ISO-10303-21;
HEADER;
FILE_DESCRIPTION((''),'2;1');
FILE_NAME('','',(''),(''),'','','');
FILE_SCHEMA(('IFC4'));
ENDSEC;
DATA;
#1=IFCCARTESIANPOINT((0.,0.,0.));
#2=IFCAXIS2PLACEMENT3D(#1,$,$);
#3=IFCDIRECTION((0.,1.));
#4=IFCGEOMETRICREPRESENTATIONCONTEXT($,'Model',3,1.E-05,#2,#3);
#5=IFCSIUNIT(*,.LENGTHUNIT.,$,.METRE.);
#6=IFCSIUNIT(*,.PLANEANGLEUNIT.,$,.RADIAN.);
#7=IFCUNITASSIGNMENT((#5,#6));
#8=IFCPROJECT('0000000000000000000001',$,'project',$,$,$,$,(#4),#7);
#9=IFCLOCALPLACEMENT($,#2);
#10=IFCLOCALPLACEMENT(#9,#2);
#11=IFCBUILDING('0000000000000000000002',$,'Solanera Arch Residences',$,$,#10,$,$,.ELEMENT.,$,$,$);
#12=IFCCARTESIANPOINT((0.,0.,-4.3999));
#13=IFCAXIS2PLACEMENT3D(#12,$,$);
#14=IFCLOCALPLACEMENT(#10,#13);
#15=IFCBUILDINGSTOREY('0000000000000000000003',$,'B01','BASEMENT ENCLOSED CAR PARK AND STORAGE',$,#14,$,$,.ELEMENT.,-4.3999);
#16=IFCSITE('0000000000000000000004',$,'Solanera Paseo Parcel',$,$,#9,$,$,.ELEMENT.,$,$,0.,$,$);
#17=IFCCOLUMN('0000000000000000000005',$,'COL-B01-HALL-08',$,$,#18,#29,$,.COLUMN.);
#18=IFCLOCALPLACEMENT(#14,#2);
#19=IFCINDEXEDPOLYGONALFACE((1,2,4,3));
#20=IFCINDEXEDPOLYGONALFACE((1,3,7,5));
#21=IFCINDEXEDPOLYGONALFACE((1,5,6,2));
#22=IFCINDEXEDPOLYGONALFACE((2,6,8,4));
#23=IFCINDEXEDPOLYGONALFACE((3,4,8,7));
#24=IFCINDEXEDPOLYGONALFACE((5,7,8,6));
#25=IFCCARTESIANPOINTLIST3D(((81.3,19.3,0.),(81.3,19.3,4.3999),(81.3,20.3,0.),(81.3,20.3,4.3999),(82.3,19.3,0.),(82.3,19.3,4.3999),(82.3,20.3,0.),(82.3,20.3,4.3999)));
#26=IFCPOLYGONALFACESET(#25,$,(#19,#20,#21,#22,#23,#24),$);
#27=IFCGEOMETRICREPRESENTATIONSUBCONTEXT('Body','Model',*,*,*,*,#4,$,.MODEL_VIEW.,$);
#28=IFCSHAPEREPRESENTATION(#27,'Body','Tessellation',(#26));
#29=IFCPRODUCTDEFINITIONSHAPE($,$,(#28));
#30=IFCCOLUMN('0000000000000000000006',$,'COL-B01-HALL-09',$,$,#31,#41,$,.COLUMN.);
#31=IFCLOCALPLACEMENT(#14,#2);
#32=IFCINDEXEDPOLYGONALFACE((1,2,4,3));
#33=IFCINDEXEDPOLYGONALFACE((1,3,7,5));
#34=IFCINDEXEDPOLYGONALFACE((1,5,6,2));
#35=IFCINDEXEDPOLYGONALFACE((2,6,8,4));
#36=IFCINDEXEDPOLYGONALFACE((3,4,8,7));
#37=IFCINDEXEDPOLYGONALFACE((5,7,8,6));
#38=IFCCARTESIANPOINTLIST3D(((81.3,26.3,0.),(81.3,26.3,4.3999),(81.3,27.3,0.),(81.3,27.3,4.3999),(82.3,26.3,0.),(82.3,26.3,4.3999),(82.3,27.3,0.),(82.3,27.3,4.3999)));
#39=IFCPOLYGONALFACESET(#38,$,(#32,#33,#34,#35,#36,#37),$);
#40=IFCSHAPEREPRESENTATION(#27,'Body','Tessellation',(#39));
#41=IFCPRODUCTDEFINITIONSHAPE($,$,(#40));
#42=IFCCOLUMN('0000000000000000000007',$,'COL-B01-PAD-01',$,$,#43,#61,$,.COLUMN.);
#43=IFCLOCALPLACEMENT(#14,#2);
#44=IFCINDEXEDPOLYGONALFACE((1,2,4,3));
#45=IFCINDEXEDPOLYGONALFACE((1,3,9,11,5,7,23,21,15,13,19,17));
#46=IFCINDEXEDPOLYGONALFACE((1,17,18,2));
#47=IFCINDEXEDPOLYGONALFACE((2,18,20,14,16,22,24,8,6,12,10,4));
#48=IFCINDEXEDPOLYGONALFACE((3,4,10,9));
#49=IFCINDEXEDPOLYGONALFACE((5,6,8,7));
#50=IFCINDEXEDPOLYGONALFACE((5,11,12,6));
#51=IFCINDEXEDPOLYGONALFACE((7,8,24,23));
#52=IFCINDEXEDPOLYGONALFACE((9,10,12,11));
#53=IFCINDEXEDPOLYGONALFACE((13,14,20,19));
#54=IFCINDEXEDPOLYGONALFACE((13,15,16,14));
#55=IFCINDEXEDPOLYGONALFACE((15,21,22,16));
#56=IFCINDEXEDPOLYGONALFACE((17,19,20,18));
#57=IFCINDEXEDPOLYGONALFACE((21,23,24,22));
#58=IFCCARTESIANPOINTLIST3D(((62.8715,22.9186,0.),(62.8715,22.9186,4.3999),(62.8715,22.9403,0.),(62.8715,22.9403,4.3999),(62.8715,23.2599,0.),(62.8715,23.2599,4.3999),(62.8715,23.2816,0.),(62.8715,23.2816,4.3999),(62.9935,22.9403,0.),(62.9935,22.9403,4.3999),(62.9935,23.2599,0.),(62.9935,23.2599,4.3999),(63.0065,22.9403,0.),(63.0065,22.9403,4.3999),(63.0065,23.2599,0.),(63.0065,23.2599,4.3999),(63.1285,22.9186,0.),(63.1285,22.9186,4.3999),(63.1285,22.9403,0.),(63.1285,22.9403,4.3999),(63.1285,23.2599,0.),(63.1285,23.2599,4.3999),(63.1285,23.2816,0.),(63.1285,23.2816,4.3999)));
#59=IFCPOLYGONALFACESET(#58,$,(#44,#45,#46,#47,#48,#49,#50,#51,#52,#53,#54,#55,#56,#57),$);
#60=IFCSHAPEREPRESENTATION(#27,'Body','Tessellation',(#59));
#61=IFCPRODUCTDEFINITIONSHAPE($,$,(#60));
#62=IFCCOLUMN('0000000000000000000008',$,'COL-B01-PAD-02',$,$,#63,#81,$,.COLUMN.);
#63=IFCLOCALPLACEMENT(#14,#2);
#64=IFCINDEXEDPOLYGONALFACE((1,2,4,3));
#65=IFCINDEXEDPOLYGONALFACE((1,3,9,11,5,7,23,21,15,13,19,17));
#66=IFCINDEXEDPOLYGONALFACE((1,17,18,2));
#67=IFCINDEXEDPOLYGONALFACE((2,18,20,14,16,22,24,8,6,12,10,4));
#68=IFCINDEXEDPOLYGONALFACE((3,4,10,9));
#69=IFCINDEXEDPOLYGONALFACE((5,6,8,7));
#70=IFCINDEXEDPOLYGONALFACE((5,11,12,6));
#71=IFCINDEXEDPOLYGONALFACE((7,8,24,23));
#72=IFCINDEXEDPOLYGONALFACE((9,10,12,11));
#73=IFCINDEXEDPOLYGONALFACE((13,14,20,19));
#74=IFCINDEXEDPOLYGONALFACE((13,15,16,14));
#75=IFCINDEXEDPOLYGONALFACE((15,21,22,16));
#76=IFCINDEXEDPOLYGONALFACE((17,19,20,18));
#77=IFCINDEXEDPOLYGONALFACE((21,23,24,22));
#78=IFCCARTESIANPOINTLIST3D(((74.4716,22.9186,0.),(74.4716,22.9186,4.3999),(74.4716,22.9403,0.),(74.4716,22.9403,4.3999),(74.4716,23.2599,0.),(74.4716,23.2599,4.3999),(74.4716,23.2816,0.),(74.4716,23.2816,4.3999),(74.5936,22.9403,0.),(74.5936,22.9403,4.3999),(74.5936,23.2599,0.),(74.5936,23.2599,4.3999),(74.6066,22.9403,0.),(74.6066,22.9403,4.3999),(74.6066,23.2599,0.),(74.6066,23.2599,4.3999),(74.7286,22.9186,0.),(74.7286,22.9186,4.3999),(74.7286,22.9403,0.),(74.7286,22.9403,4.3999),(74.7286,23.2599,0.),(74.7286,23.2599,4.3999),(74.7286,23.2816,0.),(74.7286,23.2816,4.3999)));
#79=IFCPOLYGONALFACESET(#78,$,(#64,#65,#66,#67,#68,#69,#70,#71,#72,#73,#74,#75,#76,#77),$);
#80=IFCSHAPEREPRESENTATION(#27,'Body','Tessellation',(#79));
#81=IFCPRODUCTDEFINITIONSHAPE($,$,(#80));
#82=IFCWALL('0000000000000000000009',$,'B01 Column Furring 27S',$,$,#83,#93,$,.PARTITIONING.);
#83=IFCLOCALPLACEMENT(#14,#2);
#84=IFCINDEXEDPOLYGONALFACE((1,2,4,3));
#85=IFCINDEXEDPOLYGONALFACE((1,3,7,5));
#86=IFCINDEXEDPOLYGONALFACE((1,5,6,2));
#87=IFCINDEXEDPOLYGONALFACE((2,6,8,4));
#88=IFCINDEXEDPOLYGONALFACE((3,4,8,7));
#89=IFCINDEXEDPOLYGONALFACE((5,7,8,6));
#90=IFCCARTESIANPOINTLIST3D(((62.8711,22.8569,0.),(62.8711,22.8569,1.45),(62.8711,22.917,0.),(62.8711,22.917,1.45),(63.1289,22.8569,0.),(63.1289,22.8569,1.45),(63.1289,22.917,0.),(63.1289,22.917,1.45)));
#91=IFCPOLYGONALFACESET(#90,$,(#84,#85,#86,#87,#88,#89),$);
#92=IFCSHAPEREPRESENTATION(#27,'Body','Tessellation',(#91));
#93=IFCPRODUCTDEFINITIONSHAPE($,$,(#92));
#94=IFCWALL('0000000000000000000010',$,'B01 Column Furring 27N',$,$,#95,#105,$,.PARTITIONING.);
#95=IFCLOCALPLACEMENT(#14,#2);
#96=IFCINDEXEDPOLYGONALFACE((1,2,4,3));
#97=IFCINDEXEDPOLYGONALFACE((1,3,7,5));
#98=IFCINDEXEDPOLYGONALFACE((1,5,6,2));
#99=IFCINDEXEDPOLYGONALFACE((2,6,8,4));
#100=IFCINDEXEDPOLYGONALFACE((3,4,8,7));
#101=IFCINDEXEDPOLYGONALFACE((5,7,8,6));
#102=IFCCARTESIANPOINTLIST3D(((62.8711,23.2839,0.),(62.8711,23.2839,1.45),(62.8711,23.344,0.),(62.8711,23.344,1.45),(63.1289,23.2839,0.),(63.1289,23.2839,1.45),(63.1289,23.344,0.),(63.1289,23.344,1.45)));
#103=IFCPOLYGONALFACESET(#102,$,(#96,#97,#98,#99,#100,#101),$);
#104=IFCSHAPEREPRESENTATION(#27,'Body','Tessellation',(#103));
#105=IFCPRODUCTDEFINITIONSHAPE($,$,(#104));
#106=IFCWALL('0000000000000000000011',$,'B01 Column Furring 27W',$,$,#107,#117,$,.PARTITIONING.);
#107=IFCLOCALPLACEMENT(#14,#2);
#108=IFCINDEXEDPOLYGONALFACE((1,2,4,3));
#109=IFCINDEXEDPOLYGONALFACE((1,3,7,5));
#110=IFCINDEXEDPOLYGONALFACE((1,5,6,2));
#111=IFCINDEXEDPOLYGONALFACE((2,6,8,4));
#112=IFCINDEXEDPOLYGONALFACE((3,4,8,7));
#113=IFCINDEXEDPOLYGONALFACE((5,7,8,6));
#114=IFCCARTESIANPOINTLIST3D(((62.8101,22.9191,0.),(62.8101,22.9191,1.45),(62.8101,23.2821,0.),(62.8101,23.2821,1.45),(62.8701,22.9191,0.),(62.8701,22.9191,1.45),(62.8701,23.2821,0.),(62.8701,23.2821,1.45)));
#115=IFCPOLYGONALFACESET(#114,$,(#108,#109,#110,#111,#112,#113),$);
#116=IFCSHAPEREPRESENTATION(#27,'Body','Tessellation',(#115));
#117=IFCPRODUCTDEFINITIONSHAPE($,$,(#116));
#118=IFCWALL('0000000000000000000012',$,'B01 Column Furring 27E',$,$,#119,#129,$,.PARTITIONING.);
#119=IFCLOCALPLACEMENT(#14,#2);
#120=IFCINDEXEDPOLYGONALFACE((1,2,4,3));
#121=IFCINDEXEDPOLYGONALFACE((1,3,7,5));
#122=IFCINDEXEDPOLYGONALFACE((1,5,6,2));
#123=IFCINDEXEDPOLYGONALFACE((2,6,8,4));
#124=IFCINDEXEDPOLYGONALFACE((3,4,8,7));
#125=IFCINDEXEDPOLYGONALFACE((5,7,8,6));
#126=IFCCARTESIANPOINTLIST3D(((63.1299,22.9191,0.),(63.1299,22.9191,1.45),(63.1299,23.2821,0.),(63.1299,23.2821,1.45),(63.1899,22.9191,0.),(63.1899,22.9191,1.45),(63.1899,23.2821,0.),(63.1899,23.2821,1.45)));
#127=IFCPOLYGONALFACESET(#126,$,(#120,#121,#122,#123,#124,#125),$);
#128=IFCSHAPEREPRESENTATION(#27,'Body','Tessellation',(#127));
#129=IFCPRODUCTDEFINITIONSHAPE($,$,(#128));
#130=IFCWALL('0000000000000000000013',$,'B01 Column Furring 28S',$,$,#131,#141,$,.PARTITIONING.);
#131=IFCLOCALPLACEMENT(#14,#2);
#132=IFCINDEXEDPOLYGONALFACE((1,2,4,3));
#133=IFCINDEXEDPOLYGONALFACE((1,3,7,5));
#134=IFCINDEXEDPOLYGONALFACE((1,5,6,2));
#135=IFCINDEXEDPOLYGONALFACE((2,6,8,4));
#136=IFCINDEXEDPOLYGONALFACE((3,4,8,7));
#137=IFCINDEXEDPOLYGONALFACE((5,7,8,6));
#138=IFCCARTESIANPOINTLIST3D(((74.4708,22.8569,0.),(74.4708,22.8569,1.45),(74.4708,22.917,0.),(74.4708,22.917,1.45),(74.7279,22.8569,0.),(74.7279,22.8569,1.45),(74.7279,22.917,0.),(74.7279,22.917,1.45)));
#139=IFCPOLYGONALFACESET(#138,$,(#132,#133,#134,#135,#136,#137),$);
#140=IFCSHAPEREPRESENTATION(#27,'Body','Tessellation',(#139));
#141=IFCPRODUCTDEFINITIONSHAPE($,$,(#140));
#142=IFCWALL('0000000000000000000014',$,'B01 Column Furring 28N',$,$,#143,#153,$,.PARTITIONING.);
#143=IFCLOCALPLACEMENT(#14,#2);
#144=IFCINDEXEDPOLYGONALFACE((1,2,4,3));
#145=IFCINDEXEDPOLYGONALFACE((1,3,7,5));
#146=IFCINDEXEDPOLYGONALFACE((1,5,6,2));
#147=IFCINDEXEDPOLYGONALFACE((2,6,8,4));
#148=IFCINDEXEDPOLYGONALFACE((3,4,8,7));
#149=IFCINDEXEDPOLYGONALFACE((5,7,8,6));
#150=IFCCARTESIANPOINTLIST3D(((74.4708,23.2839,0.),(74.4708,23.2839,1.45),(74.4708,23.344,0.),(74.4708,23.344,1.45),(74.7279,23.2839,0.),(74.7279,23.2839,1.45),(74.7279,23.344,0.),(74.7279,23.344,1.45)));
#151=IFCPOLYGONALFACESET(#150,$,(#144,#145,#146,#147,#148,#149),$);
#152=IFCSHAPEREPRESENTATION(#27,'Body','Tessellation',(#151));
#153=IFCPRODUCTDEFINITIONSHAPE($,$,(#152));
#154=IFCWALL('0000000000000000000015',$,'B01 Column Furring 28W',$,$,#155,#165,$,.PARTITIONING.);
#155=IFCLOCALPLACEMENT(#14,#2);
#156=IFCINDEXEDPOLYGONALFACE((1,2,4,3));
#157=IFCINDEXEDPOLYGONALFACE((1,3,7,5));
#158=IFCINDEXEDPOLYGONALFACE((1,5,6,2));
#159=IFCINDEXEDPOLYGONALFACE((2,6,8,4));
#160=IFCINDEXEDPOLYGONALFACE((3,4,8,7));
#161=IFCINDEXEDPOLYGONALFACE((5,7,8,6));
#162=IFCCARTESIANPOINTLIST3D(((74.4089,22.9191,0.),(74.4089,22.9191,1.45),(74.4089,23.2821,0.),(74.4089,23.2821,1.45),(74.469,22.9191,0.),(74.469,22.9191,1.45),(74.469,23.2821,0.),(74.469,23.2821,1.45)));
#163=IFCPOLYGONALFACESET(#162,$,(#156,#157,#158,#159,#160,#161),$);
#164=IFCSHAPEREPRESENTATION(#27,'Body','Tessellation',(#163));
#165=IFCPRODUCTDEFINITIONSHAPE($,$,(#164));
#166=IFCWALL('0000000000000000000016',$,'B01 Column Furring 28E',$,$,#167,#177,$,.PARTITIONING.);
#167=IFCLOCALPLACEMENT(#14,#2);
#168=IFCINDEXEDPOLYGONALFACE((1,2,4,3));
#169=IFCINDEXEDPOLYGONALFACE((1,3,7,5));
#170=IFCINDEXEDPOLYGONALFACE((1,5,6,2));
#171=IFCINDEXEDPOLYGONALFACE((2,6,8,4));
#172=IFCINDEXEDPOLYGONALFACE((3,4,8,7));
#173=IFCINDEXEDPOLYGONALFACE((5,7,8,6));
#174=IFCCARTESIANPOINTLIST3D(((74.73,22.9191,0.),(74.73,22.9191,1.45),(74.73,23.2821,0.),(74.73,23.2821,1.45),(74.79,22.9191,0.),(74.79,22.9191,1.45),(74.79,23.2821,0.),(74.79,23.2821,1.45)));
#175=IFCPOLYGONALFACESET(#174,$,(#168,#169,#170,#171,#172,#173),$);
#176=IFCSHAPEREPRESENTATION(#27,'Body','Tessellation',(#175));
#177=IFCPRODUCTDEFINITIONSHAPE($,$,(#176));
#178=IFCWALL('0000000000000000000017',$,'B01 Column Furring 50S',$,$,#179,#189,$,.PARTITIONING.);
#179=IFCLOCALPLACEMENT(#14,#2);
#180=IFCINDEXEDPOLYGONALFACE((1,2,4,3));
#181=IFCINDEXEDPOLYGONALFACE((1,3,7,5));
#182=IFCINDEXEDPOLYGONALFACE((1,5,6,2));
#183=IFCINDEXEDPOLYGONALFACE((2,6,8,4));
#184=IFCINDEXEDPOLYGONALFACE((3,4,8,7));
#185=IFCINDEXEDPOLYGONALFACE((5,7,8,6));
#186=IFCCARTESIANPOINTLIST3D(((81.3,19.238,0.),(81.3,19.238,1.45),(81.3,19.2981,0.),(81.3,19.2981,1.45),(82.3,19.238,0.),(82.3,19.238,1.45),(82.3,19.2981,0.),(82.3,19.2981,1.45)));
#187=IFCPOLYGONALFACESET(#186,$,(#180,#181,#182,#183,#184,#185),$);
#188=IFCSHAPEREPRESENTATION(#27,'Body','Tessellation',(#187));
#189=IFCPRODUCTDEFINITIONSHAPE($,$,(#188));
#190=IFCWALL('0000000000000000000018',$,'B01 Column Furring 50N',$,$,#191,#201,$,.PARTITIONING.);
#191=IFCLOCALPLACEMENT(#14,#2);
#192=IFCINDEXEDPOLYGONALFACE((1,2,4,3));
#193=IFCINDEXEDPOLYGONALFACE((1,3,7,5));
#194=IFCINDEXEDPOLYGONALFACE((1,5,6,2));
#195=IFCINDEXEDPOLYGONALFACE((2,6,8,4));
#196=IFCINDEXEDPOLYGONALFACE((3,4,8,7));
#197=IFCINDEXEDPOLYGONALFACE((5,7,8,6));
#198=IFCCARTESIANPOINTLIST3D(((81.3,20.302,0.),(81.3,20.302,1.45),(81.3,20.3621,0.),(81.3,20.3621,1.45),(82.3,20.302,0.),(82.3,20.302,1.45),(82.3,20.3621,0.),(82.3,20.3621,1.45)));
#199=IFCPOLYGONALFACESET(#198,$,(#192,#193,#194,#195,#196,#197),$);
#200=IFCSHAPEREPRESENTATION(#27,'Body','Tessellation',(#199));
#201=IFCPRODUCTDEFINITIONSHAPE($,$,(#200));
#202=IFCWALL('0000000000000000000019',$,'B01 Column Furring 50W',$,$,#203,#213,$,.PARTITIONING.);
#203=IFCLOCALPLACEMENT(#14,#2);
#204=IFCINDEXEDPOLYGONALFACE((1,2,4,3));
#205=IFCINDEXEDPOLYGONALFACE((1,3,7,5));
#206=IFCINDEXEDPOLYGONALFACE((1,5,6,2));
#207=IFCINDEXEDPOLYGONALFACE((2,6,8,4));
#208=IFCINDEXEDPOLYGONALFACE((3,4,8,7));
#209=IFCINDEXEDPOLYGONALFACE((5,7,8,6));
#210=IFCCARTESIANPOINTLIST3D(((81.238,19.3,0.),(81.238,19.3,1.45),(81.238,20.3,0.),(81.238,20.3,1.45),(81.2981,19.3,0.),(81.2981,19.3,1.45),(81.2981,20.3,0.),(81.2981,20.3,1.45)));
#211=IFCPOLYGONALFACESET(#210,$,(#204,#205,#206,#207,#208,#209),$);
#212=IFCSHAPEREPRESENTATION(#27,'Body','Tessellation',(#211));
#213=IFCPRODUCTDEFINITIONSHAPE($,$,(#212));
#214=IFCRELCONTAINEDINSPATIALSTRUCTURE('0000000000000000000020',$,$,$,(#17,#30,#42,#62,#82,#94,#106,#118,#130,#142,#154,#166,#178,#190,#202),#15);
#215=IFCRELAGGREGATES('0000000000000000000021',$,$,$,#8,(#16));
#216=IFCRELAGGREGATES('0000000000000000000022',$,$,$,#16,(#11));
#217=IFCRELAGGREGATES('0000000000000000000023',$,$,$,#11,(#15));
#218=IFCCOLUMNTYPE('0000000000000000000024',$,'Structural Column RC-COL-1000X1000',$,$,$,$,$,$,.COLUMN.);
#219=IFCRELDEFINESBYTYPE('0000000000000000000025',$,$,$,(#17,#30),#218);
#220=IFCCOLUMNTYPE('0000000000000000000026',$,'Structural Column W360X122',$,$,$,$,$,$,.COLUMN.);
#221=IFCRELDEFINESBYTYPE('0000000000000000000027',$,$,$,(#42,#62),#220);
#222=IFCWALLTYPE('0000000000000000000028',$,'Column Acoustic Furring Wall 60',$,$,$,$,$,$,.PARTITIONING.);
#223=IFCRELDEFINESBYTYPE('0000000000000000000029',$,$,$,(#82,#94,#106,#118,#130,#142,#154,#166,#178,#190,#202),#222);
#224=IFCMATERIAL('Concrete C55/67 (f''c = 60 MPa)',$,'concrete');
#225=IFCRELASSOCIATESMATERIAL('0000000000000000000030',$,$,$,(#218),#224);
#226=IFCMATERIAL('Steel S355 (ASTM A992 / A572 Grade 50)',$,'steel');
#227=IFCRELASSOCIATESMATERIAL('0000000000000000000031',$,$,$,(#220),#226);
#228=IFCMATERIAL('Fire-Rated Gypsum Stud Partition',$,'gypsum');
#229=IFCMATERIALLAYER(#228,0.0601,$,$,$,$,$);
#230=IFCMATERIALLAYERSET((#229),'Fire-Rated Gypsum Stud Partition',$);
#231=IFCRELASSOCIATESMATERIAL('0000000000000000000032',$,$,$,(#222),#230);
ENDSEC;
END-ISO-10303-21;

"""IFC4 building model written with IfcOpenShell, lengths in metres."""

from ifc_helpers import new_model, si_unit, direction, frame, frame_2d, origin, origin_2d, place, context, subcontext, project, spatial, rectangle, i_section, extrude, material, layer, layer_set, material_profile, profile_set, type_object, element, save


model = new_model("IFC4")

# Units and contexts
model_context = context("Model", 3, precision=1e-05, world=origin(), true_north=direction((0.0, 1.0)))
body_context = subcontext(model_context, "Body", "Model", "MODEL_VIEW")
ifc_project = project(units=[si_unit("LENGTHUNIT", "METRE"), si_unit("PLANEANGLEUNIT", "RADIAN")], contexts=[model_context])

# Site, building, storey
site_placement = place(None, origin())
site = spatial("IfcSite", under=ifc_project, at=site_placement, Name="Solanera Paseo Parcel", CompositionType="ELEMENT", RefElevation=0.0)
building_placement = place(site_placement, origin())
building = spatial("IfcBuilding", under=site, at=building_placement, Name="Solanera Arch Residences", CompositionType="ELEMENT")
storey_placement = place(building_placement, frame((0.0, 0.0, -4.3999)))
storey = spatial("IfcBuildingStorey", under=building, at=storey_placement, Name="B01", Description="BASEMENT ENCLOSED CAR PARK AND STORAGE", CompositionType="ELEMENT", Elevation=-4.3999)

# Columns
ifc_material_1 = material(Name="Concrete C55/67 (f'c = 60 MPa)", Category="concrete")
ifc_material_profile_1 = material_profile(ifc_material_1, rectangle(XDim=1.0, YDim=1.0, at=origin_2d()))
ifc_profile_set_1 = profile_set([ifc_material_profile_1], Name="Concrete C55/67 (f'c = 60 MPa)")
column_type_1 = type_object("IfcColumnType", Name="Structural Column RC-COL-1000X1000", PredefinedType="COLUMN", material=ifc_profile_set_1)
for number, where, z_axis, x_axis, name in (
    (1, (81.8, 19.8, 0.0), (0.0, 0.0, 1.0), (1.0, 0.0, 0.0), "COL-B01-HALL-08"),
    (2, (81.8, 26.8, 0.0), (0.0, 0.0, 1.0), (1.0, 0.0, 0.0), "COL-B01-HALL-09"),
):
    element("IfcColumn", number, at=place(storey_placement, frame(where, z_axis=z_axis, x_axis=x_axis)), inside=storey, type_object=column_type_1, Name=name, PredefinedType="COLUMN", context=body_context, shape_type="SweptSolid", body=[
        extrude(rectangle(XDim=1.0, YDim=1.0, at=origin_2d()), origin(), (0.0, 0.0, 1.0), 4.3999),
    ])
ifc_material_2 = material(Name="Steel S355 (ASTM A992 / A572 Grade 50)", Category="steel")
ifc_material_profile_2 = material_profile(ifc_material_2, i_section(OverallWidth=0.2571, OverallDepth=0.363, WebThickness=0.0129, FlangeThickness=0.0217, at=origin_2d()))
ifc_profile_set_2 = profile_set([ifc_material_profile_2], Name="Steel S355 (ASTM A992 / A572 Grade 50)")
column_type_2 = type_object("IfcColumnType", Name="Structural Column W360X122", PredefinedType="COLUMN", material=ifc_profile_set_2)
for number, where, z_axis, x_axis, name in (
    (3, (63.0, 23.1001, 0.0), (0.0, 0.0, 1.0), (1.0, 0.0, 0.0), "COL-B01-PAD-01"),
    (4, (74.6001, 23.1001, 0.0), (0.0, 0.0, 1.0), (1.0, 0.0, 0.0), "COL-B01-PAD-02"),
):
    element("IfcColumn", number, at=place(storey_placement, frame(where, z_axis=z_axis, x_axis=x_axis)), inside=storey, type_object=column_type_2, Name=name, PredefinedType="COLUMN", context=body_context, shape_type="SweptSolid", body=[
        extrude(i_section(OverallWidth=0.2571, OverallDepth=0.363, WebThickness=0.0129, FlangeThickness=0.0217, at=origin_2d()), origin(), (0.0, 0.0, 1.0), 4.3999),
    ])

# Walls
ifc_material_3 = material(Name="Fire-Rated Gypsum Stud Partition", Category="gypsum")
ifc_layer_1 = layer(ifc_material_3, 0.0601)
ifc_layer_set_1 = layer_set([ifc_layer_1], Name="Fire-Rated Gypsum Stud Partition")
wall_type_1 = type_object("IfcWallType", Name="Column Acoustic Furring Wall 60", PredefinedType="PARTITIONING", material=ifc_layer_set_1)
for number, where, z_axis, x_axis, name in (
    (5, (62.8711, 22.887, 0.0), (0.0, 0.0, 1.0), (1.0, 0.0, 0.0), "B01 Column Furring 27S"),
    (6, (62.8711, 23.314, 0.0), (0.0, 0.0, 1.0), (1.0, 0.0, 0.0), "B01 Column Furring 27N"),
):
    element("IfcWall", number, at=place(storey_placement, frame(where, z_axis=z_axis, x_axis=x_axis)), inside=storey, type_object=wall_type_1, Name=name, PredefinedType="PARTITIONING", context=body_context, shape_type="SweptSolid", body=[
        extrude(rectangle(XDim=0.2578, YDim=0.0601, at=frame_2d((0.1289, 0.0))), origin(), (0.0, 0.0, 1.0), 1.45),
    ])
for number, where, z_axis, x_axis, name in (
    (7, (62.8401, 22.9189, 0.0), (0.0, 0.0, 1.0), (0.0, 1.0, 0.0), "B01 Column Furring 27W"),
    (8, (63.1599, 22.9189, 0.0), (0.0, 0.0, 1.0), (0.0, 1.0, 0.0), "B01 Column Furring 27E"),
):
    element("IfcWall", number, at=place(storey_placement, frame(where, z_axis=z_axis, x_axis=x_axis)), inside=storey, type_object=wall_type_1, Name=name, PredefinedType="PARTITIONING", context=body_context, shape_type="SweptSolid", body=[
        extrude(rectangle(XDim=0.363, YDim=0.0601, at=frame_2d((0.1816, 0.0))), origin(), (0.0, 0.0, 1.0), 1.45),
    ])
for number, where, z_axis, x_axis, name in (
    (9, (74.4709, 22.887, 0.0), (0.0, 0.0, 1.0), (1.0, 0.0, 0.0), "B01 Column Furring 28S"),
    (10, (74.4709, 23.314, 0.0), (0.0, 0.0, 1.0), (1.0, 0.0, 0.0), "B01 Column Furring 28N"),
):
    element("IfcWall", number, at=place(storey_placement, frame(where, z_axis=z_axis, x_axis=x_axis)), inside=storey, type_object=wall_type_1, Name=name, PredefinedType="PARTITIONING", context=body_context, shape_type="SweptSolid", body=[
        extrude(rectangle(XDim=0.2571, YDim=0.0601, at=frame_2d((0.1284, 0.0))), origin(), (0.0, 0.0, 1.0), 1.45),
    ])
for number, where, z_axis, x_axis, name in (
    (11, (74.439, 22.9189, 0.0), (0.0, 0.0, 1.0), (0.0, 1.0, 0.0), "B01 Column Furring 28W"),
    (12, (74.76, 22.9189, 0.0), (0.0, 0.0, 1.0), (0.0, 1.0, 0.0), "B01 Column Furring 28E"),
):
    element("IfcWall", number, at=place(storey_placement, frame(where, z_axis=z_axis, x_axis=x_axis)), inside=storey, type_object=wall_type_1, Name=name, PredefinedType="PARTITIONING", context=body_context, shape_type="SweptSolid", body=[
        extrude(rectangle(XDim=0.363, YDim=0.0601, at=frame_2d((0.1816, 0.0))), origin(), (0.0, 0.0, 1.0), 1.45),
    ])
for number, where, z_axis, x_axis, name in (
    (13, (81.3, 19.2681, 0.0), (0.0, 0.0, 1.0), (1.0, 0.0, 0.0), "B01 Column Furring 50S"),
    (14, (81.3, 20.332, 0.0), (0.0, 0.0, 1.0), (1.0, 0.0, 0.0), "B01 Column Furring 50N"),
    (15, (81.2681, 19.3, 0.0), (0.0, 0.0, 1.0), (0.0, 1.0, 0.0), "B01 Column Furring 50W"),
):
    element("IfcWall", number, at=place(storey_placement, frame(where, z_axis=z_axis, x_axis=x_axis)), inside=storey, type_object=wall_type_1, Name=name, PredefinedType="PARTITIONING", context=body_context, shape_type="SweptSolid", body=[
        extrude(rectangle(XDim=1.0, YDim=0.0601, at=frame_2d((0.5, 0.0))), origin(), (0.0, 0.0, 1.0), 1.45),
    ])

save(model, "model.ifc")
